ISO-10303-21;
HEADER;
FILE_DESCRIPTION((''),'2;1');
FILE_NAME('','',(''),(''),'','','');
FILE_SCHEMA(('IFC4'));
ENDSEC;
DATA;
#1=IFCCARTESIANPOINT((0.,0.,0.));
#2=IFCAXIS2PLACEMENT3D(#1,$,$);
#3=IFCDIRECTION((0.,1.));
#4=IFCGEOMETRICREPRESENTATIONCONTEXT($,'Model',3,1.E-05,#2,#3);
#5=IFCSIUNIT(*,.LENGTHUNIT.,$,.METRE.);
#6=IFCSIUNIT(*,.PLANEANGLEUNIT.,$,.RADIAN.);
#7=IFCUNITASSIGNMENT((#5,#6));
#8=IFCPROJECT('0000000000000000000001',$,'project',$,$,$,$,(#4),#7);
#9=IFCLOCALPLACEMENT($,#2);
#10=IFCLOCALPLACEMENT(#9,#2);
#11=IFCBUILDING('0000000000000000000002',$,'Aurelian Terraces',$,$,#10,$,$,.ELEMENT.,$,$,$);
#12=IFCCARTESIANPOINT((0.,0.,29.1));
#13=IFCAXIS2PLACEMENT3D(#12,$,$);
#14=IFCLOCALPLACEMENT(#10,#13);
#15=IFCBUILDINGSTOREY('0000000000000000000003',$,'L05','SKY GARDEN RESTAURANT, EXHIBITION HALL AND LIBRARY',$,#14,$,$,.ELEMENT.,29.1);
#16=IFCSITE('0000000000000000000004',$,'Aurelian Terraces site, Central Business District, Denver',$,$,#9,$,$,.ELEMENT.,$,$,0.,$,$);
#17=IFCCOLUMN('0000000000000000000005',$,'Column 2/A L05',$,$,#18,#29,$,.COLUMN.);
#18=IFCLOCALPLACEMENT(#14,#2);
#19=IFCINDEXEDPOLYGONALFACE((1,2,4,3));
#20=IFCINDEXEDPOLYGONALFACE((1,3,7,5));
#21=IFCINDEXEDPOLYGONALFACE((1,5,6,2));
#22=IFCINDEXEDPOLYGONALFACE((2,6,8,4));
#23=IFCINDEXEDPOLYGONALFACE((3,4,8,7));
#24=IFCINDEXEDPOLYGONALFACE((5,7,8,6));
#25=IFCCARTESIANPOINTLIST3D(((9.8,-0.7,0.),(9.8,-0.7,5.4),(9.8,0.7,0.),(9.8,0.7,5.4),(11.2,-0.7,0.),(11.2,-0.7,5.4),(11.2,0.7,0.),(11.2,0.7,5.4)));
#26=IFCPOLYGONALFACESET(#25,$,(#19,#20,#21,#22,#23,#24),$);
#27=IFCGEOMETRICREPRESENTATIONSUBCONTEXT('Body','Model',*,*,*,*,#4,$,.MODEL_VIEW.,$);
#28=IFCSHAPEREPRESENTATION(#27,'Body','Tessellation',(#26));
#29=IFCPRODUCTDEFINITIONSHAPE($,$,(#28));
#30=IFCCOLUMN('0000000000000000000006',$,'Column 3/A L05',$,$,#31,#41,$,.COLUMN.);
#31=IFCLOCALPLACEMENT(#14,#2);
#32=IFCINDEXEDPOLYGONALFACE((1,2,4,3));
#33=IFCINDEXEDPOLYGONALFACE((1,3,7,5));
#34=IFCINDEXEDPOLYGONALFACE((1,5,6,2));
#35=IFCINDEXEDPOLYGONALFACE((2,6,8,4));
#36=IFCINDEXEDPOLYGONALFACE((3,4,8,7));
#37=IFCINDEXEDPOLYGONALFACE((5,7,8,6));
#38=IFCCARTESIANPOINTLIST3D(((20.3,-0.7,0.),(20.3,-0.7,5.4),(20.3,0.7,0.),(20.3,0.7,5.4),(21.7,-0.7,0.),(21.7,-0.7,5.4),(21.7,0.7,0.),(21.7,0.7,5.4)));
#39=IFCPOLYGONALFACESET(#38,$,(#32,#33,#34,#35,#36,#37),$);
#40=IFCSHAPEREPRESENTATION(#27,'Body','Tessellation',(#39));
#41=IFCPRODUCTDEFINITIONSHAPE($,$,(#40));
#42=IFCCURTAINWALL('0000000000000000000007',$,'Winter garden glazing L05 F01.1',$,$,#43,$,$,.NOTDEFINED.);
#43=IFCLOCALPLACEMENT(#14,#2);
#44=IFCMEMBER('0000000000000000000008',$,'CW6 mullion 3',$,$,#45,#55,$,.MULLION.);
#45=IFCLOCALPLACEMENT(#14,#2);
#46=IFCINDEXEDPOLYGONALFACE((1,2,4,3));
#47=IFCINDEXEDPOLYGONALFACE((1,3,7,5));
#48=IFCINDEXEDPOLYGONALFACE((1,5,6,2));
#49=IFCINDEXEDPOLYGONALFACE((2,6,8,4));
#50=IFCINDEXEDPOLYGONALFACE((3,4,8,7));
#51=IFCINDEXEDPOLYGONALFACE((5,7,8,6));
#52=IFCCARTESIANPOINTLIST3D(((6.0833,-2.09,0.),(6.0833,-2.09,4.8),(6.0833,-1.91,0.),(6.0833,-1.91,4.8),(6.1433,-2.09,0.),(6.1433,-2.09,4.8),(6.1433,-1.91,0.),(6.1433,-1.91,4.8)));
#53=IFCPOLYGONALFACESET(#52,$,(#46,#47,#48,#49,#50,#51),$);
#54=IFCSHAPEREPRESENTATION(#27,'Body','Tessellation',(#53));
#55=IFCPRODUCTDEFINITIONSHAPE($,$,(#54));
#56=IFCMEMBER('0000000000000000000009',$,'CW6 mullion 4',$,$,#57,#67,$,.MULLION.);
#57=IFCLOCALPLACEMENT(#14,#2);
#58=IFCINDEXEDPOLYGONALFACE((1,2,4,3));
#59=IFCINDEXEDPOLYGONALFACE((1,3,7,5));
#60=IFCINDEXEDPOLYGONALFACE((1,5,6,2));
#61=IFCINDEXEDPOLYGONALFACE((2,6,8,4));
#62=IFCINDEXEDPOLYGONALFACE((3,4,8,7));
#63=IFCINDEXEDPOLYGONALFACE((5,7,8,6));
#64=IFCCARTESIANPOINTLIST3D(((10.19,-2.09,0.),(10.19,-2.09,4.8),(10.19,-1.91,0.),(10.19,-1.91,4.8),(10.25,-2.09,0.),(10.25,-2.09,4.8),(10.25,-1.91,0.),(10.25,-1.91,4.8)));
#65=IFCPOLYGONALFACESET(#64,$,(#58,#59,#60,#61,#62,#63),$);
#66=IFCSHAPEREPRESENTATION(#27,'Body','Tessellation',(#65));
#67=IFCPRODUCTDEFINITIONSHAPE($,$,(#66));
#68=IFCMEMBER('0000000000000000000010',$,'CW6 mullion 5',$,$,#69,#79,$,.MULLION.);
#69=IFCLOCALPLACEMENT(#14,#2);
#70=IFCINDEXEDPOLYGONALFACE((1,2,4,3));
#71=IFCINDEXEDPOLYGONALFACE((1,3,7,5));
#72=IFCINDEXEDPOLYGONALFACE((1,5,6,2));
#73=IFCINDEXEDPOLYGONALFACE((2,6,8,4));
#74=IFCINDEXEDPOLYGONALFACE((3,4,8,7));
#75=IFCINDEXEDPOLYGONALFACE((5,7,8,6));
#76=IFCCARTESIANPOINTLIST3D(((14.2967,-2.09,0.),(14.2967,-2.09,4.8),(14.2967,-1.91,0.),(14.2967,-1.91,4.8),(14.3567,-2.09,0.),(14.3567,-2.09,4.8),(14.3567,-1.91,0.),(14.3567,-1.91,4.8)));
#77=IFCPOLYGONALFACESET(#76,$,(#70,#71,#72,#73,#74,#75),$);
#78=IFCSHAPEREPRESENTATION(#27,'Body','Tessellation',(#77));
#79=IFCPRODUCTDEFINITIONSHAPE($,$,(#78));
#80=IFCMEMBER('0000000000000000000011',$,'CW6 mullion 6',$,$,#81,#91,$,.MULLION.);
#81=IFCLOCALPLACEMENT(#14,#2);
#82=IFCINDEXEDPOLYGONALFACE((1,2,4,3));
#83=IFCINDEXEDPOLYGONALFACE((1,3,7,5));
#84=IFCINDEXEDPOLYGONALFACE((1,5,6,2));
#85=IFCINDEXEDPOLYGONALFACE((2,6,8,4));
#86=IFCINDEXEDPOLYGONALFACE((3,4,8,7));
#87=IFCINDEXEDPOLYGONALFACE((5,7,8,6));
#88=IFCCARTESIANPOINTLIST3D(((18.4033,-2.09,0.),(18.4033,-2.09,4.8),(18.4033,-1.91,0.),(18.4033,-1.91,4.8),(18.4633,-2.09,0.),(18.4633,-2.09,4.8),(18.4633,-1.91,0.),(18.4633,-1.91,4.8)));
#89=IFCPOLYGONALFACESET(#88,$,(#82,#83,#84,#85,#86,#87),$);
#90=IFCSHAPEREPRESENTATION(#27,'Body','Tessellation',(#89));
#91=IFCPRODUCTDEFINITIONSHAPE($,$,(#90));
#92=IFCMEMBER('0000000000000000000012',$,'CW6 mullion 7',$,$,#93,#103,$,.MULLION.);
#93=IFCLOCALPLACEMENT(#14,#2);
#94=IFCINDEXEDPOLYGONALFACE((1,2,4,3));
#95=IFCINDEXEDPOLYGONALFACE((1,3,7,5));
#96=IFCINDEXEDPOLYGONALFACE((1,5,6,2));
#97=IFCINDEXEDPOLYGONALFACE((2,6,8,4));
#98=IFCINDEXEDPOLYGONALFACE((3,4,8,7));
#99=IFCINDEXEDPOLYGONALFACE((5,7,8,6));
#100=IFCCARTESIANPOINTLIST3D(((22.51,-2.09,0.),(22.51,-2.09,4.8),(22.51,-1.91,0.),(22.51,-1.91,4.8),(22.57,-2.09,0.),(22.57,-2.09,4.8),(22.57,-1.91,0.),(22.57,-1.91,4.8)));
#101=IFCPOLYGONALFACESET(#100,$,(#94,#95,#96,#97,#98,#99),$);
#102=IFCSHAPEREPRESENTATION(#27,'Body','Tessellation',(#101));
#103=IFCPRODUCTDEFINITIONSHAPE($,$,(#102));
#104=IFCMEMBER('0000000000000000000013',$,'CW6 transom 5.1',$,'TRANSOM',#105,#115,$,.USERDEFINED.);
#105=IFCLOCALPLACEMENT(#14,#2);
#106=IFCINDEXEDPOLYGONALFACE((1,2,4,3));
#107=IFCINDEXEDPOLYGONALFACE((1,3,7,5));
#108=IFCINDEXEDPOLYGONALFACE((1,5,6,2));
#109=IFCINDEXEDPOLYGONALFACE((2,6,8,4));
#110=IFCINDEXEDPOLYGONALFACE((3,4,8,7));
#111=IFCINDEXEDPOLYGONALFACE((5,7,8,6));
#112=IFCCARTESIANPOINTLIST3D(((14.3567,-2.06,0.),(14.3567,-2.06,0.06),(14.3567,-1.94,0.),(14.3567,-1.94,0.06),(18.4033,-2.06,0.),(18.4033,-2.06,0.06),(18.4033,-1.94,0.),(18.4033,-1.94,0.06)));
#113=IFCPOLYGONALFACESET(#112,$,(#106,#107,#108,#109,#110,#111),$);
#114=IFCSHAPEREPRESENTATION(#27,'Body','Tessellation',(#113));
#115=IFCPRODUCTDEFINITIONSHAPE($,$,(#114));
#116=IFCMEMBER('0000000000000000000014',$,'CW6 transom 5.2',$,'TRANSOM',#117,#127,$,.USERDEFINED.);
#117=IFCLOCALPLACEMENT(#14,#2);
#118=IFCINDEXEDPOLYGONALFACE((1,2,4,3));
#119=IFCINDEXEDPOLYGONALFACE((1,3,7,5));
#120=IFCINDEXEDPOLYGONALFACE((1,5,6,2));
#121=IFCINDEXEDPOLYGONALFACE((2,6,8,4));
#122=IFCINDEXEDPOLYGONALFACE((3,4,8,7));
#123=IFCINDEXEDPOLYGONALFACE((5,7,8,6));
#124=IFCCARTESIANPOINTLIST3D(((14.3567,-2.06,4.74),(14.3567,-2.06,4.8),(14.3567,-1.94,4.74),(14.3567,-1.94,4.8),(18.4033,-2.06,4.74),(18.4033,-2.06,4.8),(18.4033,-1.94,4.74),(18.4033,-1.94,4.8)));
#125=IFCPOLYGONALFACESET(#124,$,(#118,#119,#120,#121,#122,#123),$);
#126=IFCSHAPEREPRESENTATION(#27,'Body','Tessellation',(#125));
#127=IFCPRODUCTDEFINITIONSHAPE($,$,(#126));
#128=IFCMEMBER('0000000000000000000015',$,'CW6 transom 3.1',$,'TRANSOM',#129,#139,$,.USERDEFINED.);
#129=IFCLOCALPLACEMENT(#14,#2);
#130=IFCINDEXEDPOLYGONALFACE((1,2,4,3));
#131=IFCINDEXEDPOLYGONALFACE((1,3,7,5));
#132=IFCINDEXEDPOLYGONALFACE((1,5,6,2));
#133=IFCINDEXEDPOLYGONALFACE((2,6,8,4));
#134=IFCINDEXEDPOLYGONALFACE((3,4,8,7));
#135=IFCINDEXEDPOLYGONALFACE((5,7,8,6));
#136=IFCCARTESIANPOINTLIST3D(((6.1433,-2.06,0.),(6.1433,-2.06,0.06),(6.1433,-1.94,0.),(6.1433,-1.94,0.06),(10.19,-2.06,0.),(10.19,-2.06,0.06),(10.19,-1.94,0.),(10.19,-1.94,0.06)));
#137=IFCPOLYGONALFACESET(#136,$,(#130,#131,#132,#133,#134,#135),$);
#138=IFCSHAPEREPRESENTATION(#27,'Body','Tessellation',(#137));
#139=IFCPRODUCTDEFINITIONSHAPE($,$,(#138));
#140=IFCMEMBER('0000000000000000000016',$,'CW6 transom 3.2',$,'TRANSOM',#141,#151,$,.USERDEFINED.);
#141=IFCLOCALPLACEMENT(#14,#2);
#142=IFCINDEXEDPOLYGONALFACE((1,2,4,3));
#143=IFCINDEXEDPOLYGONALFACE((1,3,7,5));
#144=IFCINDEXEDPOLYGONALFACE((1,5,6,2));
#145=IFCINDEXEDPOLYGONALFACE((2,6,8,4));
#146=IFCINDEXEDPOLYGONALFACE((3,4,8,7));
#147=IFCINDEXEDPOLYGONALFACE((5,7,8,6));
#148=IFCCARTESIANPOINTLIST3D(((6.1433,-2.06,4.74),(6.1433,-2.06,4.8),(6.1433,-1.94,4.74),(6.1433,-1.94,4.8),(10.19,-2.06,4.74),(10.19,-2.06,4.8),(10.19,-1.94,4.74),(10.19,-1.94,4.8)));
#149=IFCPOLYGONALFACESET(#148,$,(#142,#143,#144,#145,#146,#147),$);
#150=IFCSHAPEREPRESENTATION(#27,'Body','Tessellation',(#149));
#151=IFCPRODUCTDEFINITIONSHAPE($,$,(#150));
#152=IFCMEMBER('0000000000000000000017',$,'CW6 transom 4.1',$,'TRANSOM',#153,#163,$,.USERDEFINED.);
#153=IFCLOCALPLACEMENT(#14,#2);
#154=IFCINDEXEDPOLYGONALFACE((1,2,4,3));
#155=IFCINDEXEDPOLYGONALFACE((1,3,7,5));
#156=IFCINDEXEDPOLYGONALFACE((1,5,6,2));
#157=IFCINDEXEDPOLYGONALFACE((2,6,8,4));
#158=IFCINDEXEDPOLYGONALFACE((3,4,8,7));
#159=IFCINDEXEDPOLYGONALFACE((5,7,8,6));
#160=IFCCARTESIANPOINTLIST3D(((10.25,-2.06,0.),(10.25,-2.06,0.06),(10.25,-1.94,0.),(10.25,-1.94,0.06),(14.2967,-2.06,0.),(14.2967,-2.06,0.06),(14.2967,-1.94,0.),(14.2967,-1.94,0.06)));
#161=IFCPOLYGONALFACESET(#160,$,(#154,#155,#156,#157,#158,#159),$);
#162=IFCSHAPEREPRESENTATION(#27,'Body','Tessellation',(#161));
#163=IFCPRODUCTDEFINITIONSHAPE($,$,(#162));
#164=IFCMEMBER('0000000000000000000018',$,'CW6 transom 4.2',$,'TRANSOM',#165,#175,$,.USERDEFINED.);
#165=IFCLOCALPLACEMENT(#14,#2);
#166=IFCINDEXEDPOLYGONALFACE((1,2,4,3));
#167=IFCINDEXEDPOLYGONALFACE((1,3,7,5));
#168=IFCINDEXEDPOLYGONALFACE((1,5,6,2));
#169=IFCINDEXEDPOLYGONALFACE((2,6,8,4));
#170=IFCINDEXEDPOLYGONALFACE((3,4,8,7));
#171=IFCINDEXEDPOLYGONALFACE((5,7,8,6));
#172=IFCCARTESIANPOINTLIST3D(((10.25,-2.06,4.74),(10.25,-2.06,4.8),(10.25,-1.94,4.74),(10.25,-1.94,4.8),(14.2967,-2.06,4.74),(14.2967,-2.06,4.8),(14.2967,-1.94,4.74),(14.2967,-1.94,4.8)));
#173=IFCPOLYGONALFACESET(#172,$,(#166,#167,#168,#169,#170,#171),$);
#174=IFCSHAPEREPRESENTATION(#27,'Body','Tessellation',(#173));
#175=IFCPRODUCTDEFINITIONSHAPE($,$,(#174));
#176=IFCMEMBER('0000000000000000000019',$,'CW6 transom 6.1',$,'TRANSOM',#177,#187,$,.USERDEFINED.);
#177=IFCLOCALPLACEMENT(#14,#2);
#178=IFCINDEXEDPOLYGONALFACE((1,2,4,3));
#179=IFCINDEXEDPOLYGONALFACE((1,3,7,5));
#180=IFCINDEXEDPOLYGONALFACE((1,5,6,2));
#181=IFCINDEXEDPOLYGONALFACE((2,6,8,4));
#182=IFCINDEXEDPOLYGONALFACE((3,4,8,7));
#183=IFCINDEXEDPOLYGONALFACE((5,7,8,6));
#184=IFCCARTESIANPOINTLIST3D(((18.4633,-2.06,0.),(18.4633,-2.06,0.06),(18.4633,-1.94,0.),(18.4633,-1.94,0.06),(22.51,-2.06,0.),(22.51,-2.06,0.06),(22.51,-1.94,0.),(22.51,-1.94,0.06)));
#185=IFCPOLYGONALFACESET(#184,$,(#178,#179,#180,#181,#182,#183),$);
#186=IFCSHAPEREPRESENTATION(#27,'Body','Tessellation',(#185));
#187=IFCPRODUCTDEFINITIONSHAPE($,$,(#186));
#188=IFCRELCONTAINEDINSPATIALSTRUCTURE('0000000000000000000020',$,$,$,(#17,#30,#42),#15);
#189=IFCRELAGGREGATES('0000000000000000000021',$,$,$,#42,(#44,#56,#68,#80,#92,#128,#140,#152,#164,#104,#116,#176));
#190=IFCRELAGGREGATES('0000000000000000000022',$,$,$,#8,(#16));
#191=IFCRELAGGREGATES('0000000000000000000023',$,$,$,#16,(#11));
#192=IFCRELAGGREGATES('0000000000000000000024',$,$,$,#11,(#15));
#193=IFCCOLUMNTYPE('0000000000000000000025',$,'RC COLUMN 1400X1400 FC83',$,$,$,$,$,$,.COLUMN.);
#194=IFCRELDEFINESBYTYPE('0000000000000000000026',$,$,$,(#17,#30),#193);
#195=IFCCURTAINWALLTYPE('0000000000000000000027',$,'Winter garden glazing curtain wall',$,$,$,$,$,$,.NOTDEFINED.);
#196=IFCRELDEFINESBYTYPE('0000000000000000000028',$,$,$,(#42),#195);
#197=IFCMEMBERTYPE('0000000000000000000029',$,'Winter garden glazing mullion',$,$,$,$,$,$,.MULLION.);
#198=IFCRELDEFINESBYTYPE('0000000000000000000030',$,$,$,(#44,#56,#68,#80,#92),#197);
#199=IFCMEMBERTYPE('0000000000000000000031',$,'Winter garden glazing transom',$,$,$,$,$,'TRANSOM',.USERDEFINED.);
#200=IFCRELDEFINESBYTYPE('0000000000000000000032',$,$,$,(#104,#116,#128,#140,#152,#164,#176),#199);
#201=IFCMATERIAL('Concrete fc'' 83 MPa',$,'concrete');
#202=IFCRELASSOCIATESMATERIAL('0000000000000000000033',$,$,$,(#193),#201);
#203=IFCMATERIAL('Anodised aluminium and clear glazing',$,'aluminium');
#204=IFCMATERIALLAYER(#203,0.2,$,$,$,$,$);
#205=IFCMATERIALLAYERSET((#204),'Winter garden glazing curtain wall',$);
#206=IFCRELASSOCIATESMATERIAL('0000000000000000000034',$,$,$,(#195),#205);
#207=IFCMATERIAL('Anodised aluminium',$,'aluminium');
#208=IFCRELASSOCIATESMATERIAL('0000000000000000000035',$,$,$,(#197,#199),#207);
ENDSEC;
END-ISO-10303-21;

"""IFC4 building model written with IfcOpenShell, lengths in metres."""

from ifc_helpers import new_model, si_unit, direction, frame, origin, origin_2d, place, context, subcontext, project, spatial, rectangle, extrude, source, transform, mapped, material, layer, layer_set, material_profile, profile_set, type_object, element, aggregate, save


model = new_model("IFC4")

# Units and contexts
model_context = context("Model", 3, precision=1e-05, world=origin(), true_north=direction((0.0, 1.0)))
body_context = subcontext(model_context, "Body", "Model", "MODEL_VIEW")
ifc_project = project(units=[si_unit("LENGTHUNIT", "METRE"), si_unit("PLANEANGLEUNIT", "RADIAN")], contexts=[model_context])

# Site, building, storey
site_placement = place(None, origin())
site = spatial("IfcSite", under=ifc_project, at=site_placement, Name="Aurelian Terraces site, Central Business District, Denver", CompositionType="ELEMENT", RefElevation=0.0)
building_placement = place(site_placement, origin())
building = spatial("IfcBuilding", under=site, at=building_placement, Name="Aurelian Terraces", CompositionType="ELEMENT")
storey_placement = place(building_placement, frame((0.0, 0.0, 29.1)))
storey = spatial("IfcBuildingStorey", under=building, at=storey_placement, Name="L05", Description="SKY GARDEN RESTAURANT, EXHIBITION HALL AND LIBRARY", CompositionType="ELEMENT", Elevation=29.1)

# Columns
ifc_material_1 = material(Name="Concrete fc' 83 MPa", Category="concrete")
ifc_material_profile_1 = material_profile(ifc_material_1, rectangle(XDim=1.4, YDim=1.4, at=origin_2d()))
ifc_profile_set_1 = profile_set([ifc_material_profile_1], Name="Concrete fc' 83 MPa")
column_type = type_object("IfcColumnType", Name="RC COLUMN 1400X1400 FC83", PredefinedType="COLUMN", material=ifc_profile_set_1)
shared_shape_1 = source(origin(), body_context, "Body", "SweptSolid", [
    extrude(rectangle(XDim=1.4, YDim=1.4, at=origin_2d()), origin(), (0.0, 0.0, 1.0), 5.4),
])
for number, where, z_axis, x_axis, name in (
    (1, (10.5, 0.0, 0.0), (0.0, 0.0, 1.0), (1.0, 0.0, 0.0), "Column 2/A L05"),
    (2, (21.0, 0.0, 0.0), (0.0, 0.0, 1.0), (1.0, 0.0, 0.0), "Column 3/A L05"),
):
    element("IfcColumn", number, at=place(storey_placement, frame(where, z_axis=z_axis, x_axis=x_axis)), inside=storey, type_object=column_type, Name=name, PredefinedType="COLUMN", context=body_context, shape_type="MappedRepresentation", body=[
        mapped(shared_shape_1, transform((0.0, 0.0, 0.0), scale=1.0)),
    ])

# Curtain wall, members
ifc_material_2 = material(Name="Anodised aluminium and clear glazing", Category="aluminium")
ifc_layer_1 = layer(ifc_material_2, 0.2)
ifc_layer_set_1 = layer_set([ifc_layer_1], Name="Winter garden glazing curtain wall")
curtain_wall_type = type_object("IfcCurtainWallType", Name="Winter garden glazing curtain wall", PredefinedType="NOTDEFINED", material=ifc_layer_set_1)
curtain_wall_placement = place(storey_placement, origin())
curtain_wall = element("IfcCurtainWall", 3, at=curtain_wall_placement, inside=storey, type_object=curtain_wall_type, Name="Winter garden glazing L05 F01.1", PredefinedType="NOTDEFINED")
ifc_material_3 = material(Name="Anodised aluminium", Category="aluminium")
ifc_material_profile_2 = material_profile(ifc_material_3, rectangle(XDim=0.18, YDim=0.06, at=origin_2d()))
ifc_profile_set_2 = profile_set([ifc_material_profile_2], Name="Anodised aluminium")
member_type_1 = type_object("IfcMemberType", Name="Winter garden glazing mullion", PredefinedType="MULLION", material=ifc_profile_set_2)
shared_shape_2 = source(origin(), body_context, "Body", "SweptSolid", [
    extrude(rectangle(XDim=0.18, YDim=0.06, at=origin_2d()), origin(), (0.0, 0.0, 1.0), 4.8),
])
member_1_placement = place(storey_placement, frame((6.1133, -2.0, 0.0), z_axis=(0.0, 0.0, 1.0), x_axis=(0.0, 1.0, 0.0)))
member_1 = element("IfcMember", 4, at=member_1_placement, type_object=member_type_1, Name="CW6 mullion 3", PredefinedType="MULLION", context=body_context, shape_type="MappedRepresentation", body=[
    mapped(shared_shape_2, transform((0.0, 0.0, 0.0), scale=1.0)),
])
member_2_placement = place(storey_placement, frame((10.22, -2.0, 0.0), z_axis=(0.0, 0.0, 1.0), x_axis=(0.0, 1.0, 0.0)))
member_2 = element("IfcMember", 5, at=member_2_placement, type_object=member_type_1, Name="CW6 mullion 4", PredefinedType="MULLION", context=body_context, shape_type="MappedRepresentation", body=[
    mapped(shared_shape_2, transform((0.0, 0.0, 0.0), scale=1.0)),
])
member_3_placement = place(storey_placement, frame((14.3267, -2.0, 0.0), z_axis=(0.0, 0.0, 1.0), x_axis=(0.0, 1.0, 0.0)))
member_3 = element("IfcMember", 6, at=member_3_placement, type_object=member_type_1, Name="CW6 mullion 5", PredefinedType="MULLION", context=body_context, shape_type="MappedRepresentation", body=[
    mapped(shared_shape_2, transform((0.0, 0.0, 0.0), scale=1.0)),
])
member_4_placement = place(storey_placement, frame((18.4333, -2.0, 0.0), z_axis=(0.0, 0.0, 1.0), x_axis=(0.0, 1.0, 0.0)))
member_4 = element("IfcMember", 7, at=member_4_placement, type_object=member_type_1, Name="CW6 mullion 6", PredefinedType="MULLION", context=body_context, shape_type="MappedRepresentation", body=[
    mapped(shared_shape_2, transform((0.0, 0.0, 0.0), scale=1.0)),
])
member_5_placement = place(storey_placement, frame((22.54, -2.0, 0.0), z_axis=(0.0, 0.0, 1.0), x_axis=(0.0, 1.0, 0.0)))
member_5 = element("IfcMember", 8, at=member_5_placement, type_object=member_type_1, Name="CW6 mullion 7", PredefinedType="MULLION", context=body_context, shape_type="MappedRepresentation", body=[
    mapped(shared_shape_2, transform((0.0, 0.0, 0.0), scale=1.0)),
])
ifc_material_profile_3 = material_profile(ifc_material_3, rectangle(XDim=0.12, YDim=0.06, at=origin_2d()))
ifc_profile_set_3 = profile_set([ifc_material_profile_3], Name="Anodised aluminium")
member_type_2 = type_object("IfcMemberType", Name="Winter garden glazing transom", ElementType="TRANSOM", PredefinedType="USERDEFINED", material=ifc_profile_set_3)
shared_shape_3 = source(origin(), body_context, "Body", "SweptSolid", [
    extrude(rectangle(XDim=0.12, YDim=0.06, at=origin_2d()), origin(), (0.0, 0.0, 1.0), 4.0466),
])
member_6_placement = place(storey_placement, frame((14.3567, -2.0, 0.03), z_axis=(1.0, 0.0, 0.0), x_axis=(0.0, 1.0, 0.0)))
member_6 = element("IfcMember", 9, at=member_6_placement, type_object=member_type_2, Name="CW6 transom 5.1", ObjectType="TRANSOM", PredefinedType="USERDEFINED", context=body_context, shape_type="MappedRepresentation", body=[
    mapped(shared_shape_3, transform((0.0, 0.0, 0.0), scale=1.0)),
])
member_7_placement = place(storey_placement, frame((14.3567, -2.0, 4.77), z_axis=(1.0, 0.0, 0.0), x_axis=(0.0, 1.0, 0.0)))
member_7 = element("IfcMember", 10, at=member_7_placement, type_object=member_type_2, Name="CW6 transom 5.2", ObjectType="TRANSOM", PredefinedType="USERDEFINED", context=body_context, shape_type="MappedRepresentation", body=[
    mapped(shared_shape_3, transform((0.0, 0.0, 0.0), scale=1.0)),
])
shared_shape_4 = source(origin(), body_context, "Body", "SweptSolid", [
    extrude(rectangle(XDim=0.12, YDim=0.06, at=origin_2d()), origin(), (0.0, 0.0, 1.0), 4.0467),
])
member_8_placement = place(storey_placement, frame((6.1433, -2.0, 0.03), z_axis=(1.0, 0.0, 0.0), x_axis=(0.0, 1.0, 0.0)))
member_8 = element("IfcMember", 11, at=member_8_placement, type_object=member_type_2, Name="CW6 transom 3.1", ObjectType="TRANSOM", PredefinedType="USERDEFINED", context=body_context, shape_type="MappedRepresentation", body=[
    mapped(shared_shape_4, transform((0.0, 0.0, 0.0), scale=1.0)),
])
member_9_placement = place(storey_placement, frame((6.1433, -2.0, 4.77), z_axis=(1.0, 0.0, 0.0), x_axis=(0.0, 1.0, 0.0)))
member_9 = element("IfcMember", 12, at=member_9_placement, type_object=member_type_2, Name="CW6 transom 3.2", ObjectType="TRANSOM", PredefinedType="USERDEFINED", context=body_context, shape_type="MappedRepresentation", body=[
    mapped(shared_shape_4, transform((0.0, 0.0, 0.0), scale=1.0)),
])
member_10_placement = place(storey_placement, frame((10.25, -2.0, 0.03), z_axis=(1.0, 0.0, 0.0), x_axis=(0.0, 1.0, 0.0)))
member_10 = element("IfcMember", 13, at=member_10_placement, type_object=member_type_2, Name="CW6 transom 4.1", ObjectType="TRANSOM", PredefinedType="USERDEFINED", context=body_context, shape_type="MappedRepresentation", body=[
    mapped(shared_shape_4, transform((0.0, 0.0, 0.0), scale=1.0)),
])
member_11_placement = place(storey_placement, frame((10.25, -2.0, 4.77), z_axis=(1.0, 0.0, 0.0), x_axis=(0.0, 1.0, 0.0)))
member_11 = element("IfcMember", 14, at=member_11_placement, type_object=member_type_2, Name="CW6 transom 4.2", ObjectType="TRANSOM", PredefinedType="USERDEFINED", context=body_context, shape_type="MappedRepresentation", body=[
    mapped(shared_shape_4, transform((0.0, 0.0, 0.0), scale=1.0)),
])
member_12_placement = place(storey_placement, frame((18.4633, -2.0, 0.03), z_axis=(1.0, 0.0, 0.0), x_axis=(0.0, 1.0, 0.0)))
member_12 = element("IfcMember", 15, at=member_12_placement, type_object=member_type_2, Name="CW6 transom 6.1", ObjectType="TRANSOM", PredefinedType="USERDEFINED", context=body_context, shape_type="MappedRepresentation", body=[
    mapped(shared_shape_4, transform((0.0, 0.0, 0.0), scale=1.0)),
])
aggregate(curtain_wall, [member_1, member_2, member_3, member_4, member_5, member_8, member_9, member_10, member_11, member_6, member_7, member_12])

save(model, "model.ifc")
